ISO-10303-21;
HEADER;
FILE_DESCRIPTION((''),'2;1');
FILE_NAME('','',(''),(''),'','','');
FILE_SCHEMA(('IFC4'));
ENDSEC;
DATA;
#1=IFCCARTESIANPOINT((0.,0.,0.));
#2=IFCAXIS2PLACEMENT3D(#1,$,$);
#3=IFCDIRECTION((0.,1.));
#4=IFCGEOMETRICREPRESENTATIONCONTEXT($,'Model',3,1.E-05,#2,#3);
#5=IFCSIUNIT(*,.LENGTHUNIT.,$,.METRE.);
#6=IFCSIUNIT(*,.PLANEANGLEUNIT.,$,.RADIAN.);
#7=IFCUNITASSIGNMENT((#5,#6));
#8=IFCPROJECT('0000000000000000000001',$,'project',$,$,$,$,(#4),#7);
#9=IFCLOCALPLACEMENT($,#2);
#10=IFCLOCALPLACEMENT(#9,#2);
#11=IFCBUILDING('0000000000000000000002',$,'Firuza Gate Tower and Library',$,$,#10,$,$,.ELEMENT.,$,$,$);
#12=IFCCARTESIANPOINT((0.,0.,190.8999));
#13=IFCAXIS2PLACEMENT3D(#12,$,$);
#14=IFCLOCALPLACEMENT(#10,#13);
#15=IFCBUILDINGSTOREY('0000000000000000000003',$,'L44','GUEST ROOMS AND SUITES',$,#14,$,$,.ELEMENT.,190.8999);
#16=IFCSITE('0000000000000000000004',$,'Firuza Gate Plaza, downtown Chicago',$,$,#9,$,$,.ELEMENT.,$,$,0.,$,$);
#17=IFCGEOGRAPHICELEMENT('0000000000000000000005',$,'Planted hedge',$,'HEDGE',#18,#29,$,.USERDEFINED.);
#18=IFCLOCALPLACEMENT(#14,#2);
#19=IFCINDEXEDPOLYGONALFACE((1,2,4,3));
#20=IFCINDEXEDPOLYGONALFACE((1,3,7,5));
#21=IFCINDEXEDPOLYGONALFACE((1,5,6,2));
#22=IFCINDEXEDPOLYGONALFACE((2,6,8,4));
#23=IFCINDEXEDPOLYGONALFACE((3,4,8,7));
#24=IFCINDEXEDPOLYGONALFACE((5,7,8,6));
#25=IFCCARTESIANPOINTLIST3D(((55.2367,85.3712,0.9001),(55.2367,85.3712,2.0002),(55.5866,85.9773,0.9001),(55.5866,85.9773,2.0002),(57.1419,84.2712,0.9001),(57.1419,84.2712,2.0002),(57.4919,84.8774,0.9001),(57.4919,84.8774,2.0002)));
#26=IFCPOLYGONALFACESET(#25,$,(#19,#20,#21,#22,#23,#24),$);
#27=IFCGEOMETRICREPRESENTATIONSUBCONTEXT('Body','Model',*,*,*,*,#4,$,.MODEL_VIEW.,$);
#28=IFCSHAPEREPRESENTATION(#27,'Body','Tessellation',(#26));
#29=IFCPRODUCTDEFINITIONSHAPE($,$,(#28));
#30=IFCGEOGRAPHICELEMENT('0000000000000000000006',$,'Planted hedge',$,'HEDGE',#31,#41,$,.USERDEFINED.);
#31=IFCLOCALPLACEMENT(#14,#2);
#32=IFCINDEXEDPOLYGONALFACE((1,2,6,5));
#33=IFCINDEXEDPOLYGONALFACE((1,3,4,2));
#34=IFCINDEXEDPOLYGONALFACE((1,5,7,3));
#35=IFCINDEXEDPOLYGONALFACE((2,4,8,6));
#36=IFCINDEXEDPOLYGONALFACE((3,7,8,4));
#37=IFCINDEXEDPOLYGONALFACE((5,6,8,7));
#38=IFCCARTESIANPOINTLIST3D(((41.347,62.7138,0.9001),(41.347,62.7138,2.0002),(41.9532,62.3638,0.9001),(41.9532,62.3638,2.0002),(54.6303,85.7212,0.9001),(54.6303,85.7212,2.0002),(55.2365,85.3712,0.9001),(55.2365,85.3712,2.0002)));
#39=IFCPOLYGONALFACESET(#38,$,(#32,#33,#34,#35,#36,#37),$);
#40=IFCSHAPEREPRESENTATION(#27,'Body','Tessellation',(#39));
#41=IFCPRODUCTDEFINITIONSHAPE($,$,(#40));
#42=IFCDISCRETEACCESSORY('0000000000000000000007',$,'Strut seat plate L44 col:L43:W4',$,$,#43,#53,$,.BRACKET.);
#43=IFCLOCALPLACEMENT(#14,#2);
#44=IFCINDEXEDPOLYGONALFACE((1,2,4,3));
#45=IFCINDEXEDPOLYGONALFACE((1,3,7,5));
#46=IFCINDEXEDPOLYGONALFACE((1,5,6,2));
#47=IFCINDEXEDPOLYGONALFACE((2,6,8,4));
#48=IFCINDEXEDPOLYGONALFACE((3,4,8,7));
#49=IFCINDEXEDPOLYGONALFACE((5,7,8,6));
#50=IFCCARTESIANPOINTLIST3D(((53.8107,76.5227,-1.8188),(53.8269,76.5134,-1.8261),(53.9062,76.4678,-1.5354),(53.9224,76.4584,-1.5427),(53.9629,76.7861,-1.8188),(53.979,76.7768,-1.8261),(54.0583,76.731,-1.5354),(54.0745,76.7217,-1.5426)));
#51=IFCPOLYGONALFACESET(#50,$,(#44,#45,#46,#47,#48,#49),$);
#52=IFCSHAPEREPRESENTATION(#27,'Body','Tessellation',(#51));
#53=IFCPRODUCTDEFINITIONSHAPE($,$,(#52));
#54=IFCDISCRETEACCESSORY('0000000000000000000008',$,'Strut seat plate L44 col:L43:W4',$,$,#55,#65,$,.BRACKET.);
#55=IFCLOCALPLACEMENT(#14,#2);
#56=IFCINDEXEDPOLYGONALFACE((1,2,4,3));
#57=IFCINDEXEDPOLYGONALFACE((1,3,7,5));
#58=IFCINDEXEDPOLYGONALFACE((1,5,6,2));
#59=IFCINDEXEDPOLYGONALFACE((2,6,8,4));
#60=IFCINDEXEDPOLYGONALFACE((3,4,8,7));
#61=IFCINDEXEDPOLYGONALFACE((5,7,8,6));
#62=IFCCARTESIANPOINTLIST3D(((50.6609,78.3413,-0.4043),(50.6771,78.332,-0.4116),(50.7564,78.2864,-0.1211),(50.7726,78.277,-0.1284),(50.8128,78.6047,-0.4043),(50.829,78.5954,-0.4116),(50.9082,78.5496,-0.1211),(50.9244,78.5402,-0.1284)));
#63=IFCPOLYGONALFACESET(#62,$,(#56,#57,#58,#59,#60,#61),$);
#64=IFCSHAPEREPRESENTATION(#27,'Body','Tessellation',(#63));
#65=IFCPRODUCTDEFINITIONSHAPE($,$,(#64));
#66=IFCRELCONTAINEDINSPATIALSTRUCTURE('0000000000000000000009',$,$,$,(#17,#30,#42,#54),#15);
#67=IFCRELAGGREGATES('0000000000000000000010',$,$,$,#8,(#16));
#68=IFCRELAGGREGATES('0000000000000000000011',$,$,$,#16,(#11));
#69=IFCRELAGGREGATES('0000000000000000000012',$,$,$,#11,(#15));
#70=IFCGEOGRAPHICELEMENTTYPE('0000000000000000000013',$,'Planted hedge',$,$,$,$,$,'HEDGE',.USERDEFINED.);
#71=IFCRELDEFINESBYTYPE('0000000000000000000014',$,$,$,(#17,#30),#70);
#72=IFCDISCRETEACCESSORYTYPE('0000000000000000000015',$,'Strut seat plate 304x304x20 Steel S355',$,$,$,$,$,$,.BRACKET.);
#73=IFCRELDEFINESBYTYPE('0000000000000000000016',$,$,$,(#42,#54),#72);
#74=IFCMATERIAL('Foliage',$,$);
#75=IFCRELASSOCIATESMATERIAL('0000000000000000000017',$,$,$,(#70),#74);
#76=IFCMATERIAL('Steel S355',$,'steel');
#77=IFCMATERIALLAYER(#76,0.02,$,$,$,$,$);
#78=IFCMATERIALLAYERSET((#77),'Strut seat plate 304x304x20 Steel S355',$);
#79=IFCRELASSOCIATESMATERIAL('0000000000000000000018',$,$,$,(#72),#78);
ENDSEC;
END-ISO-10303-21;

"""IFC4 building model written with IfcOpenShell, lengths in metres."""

from ifc_helpers import new_model, si_unit, direction, frame, origin, origin_2d, place, context, subcontext, project, spatial, polyline, rectangle, outline, extrude, material, layer, layer_set, type_object, element, save


model = new_model("IFC4")

# Units and contexts
model_context = context("Model", 3, precision=1e-05, world=origin(), true_north=direction((0.0, 1.0)))
body_context = subcontext(model_context, "Body", "Model", "MODEL_VIEW")
ifc_project = project(units=[si_unit("LENGTHUNIT", "METRE"), si_unit("PLANEANGLEUNIT", "RADIAN")], contexts=[model_context])

# Site, building, storey
site_placement = place(None, origin())
site = spatial("IfcSite", under=ifc_project, at=site_placement, Name="Firuza Gate Plaza, downtown Chicago", CompositionType="ELEMENT", RefElevation=0.0)
building_placement = place(site_placement, origin())
building = spatial("IfcBuilding", under=site, at=building_placement, Name="Firuza Gate Tower and Library", CompositionType="ELEMENT")
storey_placement = place(building_placement, frame((0.0, 0.0, 190.8999)))
storey = spatial("IfcBuildingStorey", under=building, at=storey_placement, Name="L44", Description="GUEST ROOMS AND SUITES", CompositionType="ELEMENT", Elevation=190.8999)

# Geographic elements
ifc_material_1 = material(Name="Foliage")
geographic_element_type = type_object("IfcGeographicElementType", Name="Planted hedge", ElementType="HEDGE", PredefinedType="USERDEFINED", material=ifc_material_1)
geographic_element_1_placement = place(storey_placement, frame((56.3643, 85.1243, 0.9001), z_axis=(0.0, 0.0, 1.0), x_axis=(-0.866025, 0.5, 0.0)))
element("IfcGeographicElement", 1, at=geographic_element_1_placement, inside=storey, type_object=geographic_element_type, Name="Planted hedge", ObjectType="HEDGE", PredefinedType="USERDEFINED", context=body_context, shape_type="SweptSolid", body=[
    extrude(rectangle(XDim=2.2, YDim=0.7, at=origin_2d()), origin(), (0.0, 0.0, 1.0), 1.1001),
])
geographic_element_2_placement = place(storey_placement, frame((48.2917, 74.0425, 0.9001), z_axis=(0.0, 0.0, 1.0), x_axis=(-0.5, -0.866025, 0.0)))
element("IfcGeographicElement", 2, at=geographic_element_2_placement, inside=storey, type_object=geographic_element_type, Name="Planted hedge", ObjectType="HEDGE", PredefinedType="USERDEFINED", context=body_context, shape_type="SweptSolid", body=[
    extrude(rectangle(XDim=26.5667, YDim=0.7, at=origin_2d()), origin(), (0.0, 0.0, 1.0), 1.1001),
])

# Discrete accessories
ifc_material_2 = material(Name="Steel S355", Category="steel")
ifc_layer_1 = layer(ifc_material_2, 0.02)
ifc_layer_set_1 = layer_set([ifc_layer_1], Name="Strut seat plate 304x304x20 Steel S355")
discrete_accessory_type = type_object("IfcDiscreteAccessoryType", Name="Strut seat plate 304x304x20 Steel S355", PredefinedType="BRACKET", material=ifc_layer_set_1)
discrete_accessory_1_placement = place(storey_placement, frame((53.9062, 76.4678, -1.5354), z_axis=(-0.807065, 0.466204, 0.362353), x_axis=(0.50022, 0.865898, 0.000068)))
element("IfcDiscreteAccessory", 3, at=discrete_accessory_1_placement, inside=storey, type_object=discrete_accessory_type, Name="Strut seat plate L44 col:L43:W4", PredefinedType="BRACKET", context=body_context, shape_type="SweptSolid", body=[
    extrude(outline(polyline([(0.0, 0.0), (0.304, 0.0), (0.304, 0.3041), (-0.0002, 0.3041), (0.0, 0.0)])), origin(), (0.0, 0.0, -1.0), 0.02),
])
discrete_accessory_2_placement = place(storey_placement, frame((50.9082, 78.5496, -0.1211), z_axis=(-0.807298, 0.46559, 0.362624), x_axis=(-0.499618, -0.866246, -0.000068)))
element("IfcDiscreteAccessory", 4, at=discrete_accessory_2_placement, inside=storey, type_object=discrete_accessory_type, Name="Strut seat plate L44 col:L43:W4", PredefinedType="BRACKET", context=body_context, shape_type="SweptSolid", body=[
    extrude(outline(polyline([(0.0, 0.0), (0.3039, 0.0), (0.304, -0.3039), (-0.0001, -0.3039), (0.0, 0.0)])), origin(), (0.0, 0.0, -1.0), 0.02),
])

save(model, "model.ifc")
